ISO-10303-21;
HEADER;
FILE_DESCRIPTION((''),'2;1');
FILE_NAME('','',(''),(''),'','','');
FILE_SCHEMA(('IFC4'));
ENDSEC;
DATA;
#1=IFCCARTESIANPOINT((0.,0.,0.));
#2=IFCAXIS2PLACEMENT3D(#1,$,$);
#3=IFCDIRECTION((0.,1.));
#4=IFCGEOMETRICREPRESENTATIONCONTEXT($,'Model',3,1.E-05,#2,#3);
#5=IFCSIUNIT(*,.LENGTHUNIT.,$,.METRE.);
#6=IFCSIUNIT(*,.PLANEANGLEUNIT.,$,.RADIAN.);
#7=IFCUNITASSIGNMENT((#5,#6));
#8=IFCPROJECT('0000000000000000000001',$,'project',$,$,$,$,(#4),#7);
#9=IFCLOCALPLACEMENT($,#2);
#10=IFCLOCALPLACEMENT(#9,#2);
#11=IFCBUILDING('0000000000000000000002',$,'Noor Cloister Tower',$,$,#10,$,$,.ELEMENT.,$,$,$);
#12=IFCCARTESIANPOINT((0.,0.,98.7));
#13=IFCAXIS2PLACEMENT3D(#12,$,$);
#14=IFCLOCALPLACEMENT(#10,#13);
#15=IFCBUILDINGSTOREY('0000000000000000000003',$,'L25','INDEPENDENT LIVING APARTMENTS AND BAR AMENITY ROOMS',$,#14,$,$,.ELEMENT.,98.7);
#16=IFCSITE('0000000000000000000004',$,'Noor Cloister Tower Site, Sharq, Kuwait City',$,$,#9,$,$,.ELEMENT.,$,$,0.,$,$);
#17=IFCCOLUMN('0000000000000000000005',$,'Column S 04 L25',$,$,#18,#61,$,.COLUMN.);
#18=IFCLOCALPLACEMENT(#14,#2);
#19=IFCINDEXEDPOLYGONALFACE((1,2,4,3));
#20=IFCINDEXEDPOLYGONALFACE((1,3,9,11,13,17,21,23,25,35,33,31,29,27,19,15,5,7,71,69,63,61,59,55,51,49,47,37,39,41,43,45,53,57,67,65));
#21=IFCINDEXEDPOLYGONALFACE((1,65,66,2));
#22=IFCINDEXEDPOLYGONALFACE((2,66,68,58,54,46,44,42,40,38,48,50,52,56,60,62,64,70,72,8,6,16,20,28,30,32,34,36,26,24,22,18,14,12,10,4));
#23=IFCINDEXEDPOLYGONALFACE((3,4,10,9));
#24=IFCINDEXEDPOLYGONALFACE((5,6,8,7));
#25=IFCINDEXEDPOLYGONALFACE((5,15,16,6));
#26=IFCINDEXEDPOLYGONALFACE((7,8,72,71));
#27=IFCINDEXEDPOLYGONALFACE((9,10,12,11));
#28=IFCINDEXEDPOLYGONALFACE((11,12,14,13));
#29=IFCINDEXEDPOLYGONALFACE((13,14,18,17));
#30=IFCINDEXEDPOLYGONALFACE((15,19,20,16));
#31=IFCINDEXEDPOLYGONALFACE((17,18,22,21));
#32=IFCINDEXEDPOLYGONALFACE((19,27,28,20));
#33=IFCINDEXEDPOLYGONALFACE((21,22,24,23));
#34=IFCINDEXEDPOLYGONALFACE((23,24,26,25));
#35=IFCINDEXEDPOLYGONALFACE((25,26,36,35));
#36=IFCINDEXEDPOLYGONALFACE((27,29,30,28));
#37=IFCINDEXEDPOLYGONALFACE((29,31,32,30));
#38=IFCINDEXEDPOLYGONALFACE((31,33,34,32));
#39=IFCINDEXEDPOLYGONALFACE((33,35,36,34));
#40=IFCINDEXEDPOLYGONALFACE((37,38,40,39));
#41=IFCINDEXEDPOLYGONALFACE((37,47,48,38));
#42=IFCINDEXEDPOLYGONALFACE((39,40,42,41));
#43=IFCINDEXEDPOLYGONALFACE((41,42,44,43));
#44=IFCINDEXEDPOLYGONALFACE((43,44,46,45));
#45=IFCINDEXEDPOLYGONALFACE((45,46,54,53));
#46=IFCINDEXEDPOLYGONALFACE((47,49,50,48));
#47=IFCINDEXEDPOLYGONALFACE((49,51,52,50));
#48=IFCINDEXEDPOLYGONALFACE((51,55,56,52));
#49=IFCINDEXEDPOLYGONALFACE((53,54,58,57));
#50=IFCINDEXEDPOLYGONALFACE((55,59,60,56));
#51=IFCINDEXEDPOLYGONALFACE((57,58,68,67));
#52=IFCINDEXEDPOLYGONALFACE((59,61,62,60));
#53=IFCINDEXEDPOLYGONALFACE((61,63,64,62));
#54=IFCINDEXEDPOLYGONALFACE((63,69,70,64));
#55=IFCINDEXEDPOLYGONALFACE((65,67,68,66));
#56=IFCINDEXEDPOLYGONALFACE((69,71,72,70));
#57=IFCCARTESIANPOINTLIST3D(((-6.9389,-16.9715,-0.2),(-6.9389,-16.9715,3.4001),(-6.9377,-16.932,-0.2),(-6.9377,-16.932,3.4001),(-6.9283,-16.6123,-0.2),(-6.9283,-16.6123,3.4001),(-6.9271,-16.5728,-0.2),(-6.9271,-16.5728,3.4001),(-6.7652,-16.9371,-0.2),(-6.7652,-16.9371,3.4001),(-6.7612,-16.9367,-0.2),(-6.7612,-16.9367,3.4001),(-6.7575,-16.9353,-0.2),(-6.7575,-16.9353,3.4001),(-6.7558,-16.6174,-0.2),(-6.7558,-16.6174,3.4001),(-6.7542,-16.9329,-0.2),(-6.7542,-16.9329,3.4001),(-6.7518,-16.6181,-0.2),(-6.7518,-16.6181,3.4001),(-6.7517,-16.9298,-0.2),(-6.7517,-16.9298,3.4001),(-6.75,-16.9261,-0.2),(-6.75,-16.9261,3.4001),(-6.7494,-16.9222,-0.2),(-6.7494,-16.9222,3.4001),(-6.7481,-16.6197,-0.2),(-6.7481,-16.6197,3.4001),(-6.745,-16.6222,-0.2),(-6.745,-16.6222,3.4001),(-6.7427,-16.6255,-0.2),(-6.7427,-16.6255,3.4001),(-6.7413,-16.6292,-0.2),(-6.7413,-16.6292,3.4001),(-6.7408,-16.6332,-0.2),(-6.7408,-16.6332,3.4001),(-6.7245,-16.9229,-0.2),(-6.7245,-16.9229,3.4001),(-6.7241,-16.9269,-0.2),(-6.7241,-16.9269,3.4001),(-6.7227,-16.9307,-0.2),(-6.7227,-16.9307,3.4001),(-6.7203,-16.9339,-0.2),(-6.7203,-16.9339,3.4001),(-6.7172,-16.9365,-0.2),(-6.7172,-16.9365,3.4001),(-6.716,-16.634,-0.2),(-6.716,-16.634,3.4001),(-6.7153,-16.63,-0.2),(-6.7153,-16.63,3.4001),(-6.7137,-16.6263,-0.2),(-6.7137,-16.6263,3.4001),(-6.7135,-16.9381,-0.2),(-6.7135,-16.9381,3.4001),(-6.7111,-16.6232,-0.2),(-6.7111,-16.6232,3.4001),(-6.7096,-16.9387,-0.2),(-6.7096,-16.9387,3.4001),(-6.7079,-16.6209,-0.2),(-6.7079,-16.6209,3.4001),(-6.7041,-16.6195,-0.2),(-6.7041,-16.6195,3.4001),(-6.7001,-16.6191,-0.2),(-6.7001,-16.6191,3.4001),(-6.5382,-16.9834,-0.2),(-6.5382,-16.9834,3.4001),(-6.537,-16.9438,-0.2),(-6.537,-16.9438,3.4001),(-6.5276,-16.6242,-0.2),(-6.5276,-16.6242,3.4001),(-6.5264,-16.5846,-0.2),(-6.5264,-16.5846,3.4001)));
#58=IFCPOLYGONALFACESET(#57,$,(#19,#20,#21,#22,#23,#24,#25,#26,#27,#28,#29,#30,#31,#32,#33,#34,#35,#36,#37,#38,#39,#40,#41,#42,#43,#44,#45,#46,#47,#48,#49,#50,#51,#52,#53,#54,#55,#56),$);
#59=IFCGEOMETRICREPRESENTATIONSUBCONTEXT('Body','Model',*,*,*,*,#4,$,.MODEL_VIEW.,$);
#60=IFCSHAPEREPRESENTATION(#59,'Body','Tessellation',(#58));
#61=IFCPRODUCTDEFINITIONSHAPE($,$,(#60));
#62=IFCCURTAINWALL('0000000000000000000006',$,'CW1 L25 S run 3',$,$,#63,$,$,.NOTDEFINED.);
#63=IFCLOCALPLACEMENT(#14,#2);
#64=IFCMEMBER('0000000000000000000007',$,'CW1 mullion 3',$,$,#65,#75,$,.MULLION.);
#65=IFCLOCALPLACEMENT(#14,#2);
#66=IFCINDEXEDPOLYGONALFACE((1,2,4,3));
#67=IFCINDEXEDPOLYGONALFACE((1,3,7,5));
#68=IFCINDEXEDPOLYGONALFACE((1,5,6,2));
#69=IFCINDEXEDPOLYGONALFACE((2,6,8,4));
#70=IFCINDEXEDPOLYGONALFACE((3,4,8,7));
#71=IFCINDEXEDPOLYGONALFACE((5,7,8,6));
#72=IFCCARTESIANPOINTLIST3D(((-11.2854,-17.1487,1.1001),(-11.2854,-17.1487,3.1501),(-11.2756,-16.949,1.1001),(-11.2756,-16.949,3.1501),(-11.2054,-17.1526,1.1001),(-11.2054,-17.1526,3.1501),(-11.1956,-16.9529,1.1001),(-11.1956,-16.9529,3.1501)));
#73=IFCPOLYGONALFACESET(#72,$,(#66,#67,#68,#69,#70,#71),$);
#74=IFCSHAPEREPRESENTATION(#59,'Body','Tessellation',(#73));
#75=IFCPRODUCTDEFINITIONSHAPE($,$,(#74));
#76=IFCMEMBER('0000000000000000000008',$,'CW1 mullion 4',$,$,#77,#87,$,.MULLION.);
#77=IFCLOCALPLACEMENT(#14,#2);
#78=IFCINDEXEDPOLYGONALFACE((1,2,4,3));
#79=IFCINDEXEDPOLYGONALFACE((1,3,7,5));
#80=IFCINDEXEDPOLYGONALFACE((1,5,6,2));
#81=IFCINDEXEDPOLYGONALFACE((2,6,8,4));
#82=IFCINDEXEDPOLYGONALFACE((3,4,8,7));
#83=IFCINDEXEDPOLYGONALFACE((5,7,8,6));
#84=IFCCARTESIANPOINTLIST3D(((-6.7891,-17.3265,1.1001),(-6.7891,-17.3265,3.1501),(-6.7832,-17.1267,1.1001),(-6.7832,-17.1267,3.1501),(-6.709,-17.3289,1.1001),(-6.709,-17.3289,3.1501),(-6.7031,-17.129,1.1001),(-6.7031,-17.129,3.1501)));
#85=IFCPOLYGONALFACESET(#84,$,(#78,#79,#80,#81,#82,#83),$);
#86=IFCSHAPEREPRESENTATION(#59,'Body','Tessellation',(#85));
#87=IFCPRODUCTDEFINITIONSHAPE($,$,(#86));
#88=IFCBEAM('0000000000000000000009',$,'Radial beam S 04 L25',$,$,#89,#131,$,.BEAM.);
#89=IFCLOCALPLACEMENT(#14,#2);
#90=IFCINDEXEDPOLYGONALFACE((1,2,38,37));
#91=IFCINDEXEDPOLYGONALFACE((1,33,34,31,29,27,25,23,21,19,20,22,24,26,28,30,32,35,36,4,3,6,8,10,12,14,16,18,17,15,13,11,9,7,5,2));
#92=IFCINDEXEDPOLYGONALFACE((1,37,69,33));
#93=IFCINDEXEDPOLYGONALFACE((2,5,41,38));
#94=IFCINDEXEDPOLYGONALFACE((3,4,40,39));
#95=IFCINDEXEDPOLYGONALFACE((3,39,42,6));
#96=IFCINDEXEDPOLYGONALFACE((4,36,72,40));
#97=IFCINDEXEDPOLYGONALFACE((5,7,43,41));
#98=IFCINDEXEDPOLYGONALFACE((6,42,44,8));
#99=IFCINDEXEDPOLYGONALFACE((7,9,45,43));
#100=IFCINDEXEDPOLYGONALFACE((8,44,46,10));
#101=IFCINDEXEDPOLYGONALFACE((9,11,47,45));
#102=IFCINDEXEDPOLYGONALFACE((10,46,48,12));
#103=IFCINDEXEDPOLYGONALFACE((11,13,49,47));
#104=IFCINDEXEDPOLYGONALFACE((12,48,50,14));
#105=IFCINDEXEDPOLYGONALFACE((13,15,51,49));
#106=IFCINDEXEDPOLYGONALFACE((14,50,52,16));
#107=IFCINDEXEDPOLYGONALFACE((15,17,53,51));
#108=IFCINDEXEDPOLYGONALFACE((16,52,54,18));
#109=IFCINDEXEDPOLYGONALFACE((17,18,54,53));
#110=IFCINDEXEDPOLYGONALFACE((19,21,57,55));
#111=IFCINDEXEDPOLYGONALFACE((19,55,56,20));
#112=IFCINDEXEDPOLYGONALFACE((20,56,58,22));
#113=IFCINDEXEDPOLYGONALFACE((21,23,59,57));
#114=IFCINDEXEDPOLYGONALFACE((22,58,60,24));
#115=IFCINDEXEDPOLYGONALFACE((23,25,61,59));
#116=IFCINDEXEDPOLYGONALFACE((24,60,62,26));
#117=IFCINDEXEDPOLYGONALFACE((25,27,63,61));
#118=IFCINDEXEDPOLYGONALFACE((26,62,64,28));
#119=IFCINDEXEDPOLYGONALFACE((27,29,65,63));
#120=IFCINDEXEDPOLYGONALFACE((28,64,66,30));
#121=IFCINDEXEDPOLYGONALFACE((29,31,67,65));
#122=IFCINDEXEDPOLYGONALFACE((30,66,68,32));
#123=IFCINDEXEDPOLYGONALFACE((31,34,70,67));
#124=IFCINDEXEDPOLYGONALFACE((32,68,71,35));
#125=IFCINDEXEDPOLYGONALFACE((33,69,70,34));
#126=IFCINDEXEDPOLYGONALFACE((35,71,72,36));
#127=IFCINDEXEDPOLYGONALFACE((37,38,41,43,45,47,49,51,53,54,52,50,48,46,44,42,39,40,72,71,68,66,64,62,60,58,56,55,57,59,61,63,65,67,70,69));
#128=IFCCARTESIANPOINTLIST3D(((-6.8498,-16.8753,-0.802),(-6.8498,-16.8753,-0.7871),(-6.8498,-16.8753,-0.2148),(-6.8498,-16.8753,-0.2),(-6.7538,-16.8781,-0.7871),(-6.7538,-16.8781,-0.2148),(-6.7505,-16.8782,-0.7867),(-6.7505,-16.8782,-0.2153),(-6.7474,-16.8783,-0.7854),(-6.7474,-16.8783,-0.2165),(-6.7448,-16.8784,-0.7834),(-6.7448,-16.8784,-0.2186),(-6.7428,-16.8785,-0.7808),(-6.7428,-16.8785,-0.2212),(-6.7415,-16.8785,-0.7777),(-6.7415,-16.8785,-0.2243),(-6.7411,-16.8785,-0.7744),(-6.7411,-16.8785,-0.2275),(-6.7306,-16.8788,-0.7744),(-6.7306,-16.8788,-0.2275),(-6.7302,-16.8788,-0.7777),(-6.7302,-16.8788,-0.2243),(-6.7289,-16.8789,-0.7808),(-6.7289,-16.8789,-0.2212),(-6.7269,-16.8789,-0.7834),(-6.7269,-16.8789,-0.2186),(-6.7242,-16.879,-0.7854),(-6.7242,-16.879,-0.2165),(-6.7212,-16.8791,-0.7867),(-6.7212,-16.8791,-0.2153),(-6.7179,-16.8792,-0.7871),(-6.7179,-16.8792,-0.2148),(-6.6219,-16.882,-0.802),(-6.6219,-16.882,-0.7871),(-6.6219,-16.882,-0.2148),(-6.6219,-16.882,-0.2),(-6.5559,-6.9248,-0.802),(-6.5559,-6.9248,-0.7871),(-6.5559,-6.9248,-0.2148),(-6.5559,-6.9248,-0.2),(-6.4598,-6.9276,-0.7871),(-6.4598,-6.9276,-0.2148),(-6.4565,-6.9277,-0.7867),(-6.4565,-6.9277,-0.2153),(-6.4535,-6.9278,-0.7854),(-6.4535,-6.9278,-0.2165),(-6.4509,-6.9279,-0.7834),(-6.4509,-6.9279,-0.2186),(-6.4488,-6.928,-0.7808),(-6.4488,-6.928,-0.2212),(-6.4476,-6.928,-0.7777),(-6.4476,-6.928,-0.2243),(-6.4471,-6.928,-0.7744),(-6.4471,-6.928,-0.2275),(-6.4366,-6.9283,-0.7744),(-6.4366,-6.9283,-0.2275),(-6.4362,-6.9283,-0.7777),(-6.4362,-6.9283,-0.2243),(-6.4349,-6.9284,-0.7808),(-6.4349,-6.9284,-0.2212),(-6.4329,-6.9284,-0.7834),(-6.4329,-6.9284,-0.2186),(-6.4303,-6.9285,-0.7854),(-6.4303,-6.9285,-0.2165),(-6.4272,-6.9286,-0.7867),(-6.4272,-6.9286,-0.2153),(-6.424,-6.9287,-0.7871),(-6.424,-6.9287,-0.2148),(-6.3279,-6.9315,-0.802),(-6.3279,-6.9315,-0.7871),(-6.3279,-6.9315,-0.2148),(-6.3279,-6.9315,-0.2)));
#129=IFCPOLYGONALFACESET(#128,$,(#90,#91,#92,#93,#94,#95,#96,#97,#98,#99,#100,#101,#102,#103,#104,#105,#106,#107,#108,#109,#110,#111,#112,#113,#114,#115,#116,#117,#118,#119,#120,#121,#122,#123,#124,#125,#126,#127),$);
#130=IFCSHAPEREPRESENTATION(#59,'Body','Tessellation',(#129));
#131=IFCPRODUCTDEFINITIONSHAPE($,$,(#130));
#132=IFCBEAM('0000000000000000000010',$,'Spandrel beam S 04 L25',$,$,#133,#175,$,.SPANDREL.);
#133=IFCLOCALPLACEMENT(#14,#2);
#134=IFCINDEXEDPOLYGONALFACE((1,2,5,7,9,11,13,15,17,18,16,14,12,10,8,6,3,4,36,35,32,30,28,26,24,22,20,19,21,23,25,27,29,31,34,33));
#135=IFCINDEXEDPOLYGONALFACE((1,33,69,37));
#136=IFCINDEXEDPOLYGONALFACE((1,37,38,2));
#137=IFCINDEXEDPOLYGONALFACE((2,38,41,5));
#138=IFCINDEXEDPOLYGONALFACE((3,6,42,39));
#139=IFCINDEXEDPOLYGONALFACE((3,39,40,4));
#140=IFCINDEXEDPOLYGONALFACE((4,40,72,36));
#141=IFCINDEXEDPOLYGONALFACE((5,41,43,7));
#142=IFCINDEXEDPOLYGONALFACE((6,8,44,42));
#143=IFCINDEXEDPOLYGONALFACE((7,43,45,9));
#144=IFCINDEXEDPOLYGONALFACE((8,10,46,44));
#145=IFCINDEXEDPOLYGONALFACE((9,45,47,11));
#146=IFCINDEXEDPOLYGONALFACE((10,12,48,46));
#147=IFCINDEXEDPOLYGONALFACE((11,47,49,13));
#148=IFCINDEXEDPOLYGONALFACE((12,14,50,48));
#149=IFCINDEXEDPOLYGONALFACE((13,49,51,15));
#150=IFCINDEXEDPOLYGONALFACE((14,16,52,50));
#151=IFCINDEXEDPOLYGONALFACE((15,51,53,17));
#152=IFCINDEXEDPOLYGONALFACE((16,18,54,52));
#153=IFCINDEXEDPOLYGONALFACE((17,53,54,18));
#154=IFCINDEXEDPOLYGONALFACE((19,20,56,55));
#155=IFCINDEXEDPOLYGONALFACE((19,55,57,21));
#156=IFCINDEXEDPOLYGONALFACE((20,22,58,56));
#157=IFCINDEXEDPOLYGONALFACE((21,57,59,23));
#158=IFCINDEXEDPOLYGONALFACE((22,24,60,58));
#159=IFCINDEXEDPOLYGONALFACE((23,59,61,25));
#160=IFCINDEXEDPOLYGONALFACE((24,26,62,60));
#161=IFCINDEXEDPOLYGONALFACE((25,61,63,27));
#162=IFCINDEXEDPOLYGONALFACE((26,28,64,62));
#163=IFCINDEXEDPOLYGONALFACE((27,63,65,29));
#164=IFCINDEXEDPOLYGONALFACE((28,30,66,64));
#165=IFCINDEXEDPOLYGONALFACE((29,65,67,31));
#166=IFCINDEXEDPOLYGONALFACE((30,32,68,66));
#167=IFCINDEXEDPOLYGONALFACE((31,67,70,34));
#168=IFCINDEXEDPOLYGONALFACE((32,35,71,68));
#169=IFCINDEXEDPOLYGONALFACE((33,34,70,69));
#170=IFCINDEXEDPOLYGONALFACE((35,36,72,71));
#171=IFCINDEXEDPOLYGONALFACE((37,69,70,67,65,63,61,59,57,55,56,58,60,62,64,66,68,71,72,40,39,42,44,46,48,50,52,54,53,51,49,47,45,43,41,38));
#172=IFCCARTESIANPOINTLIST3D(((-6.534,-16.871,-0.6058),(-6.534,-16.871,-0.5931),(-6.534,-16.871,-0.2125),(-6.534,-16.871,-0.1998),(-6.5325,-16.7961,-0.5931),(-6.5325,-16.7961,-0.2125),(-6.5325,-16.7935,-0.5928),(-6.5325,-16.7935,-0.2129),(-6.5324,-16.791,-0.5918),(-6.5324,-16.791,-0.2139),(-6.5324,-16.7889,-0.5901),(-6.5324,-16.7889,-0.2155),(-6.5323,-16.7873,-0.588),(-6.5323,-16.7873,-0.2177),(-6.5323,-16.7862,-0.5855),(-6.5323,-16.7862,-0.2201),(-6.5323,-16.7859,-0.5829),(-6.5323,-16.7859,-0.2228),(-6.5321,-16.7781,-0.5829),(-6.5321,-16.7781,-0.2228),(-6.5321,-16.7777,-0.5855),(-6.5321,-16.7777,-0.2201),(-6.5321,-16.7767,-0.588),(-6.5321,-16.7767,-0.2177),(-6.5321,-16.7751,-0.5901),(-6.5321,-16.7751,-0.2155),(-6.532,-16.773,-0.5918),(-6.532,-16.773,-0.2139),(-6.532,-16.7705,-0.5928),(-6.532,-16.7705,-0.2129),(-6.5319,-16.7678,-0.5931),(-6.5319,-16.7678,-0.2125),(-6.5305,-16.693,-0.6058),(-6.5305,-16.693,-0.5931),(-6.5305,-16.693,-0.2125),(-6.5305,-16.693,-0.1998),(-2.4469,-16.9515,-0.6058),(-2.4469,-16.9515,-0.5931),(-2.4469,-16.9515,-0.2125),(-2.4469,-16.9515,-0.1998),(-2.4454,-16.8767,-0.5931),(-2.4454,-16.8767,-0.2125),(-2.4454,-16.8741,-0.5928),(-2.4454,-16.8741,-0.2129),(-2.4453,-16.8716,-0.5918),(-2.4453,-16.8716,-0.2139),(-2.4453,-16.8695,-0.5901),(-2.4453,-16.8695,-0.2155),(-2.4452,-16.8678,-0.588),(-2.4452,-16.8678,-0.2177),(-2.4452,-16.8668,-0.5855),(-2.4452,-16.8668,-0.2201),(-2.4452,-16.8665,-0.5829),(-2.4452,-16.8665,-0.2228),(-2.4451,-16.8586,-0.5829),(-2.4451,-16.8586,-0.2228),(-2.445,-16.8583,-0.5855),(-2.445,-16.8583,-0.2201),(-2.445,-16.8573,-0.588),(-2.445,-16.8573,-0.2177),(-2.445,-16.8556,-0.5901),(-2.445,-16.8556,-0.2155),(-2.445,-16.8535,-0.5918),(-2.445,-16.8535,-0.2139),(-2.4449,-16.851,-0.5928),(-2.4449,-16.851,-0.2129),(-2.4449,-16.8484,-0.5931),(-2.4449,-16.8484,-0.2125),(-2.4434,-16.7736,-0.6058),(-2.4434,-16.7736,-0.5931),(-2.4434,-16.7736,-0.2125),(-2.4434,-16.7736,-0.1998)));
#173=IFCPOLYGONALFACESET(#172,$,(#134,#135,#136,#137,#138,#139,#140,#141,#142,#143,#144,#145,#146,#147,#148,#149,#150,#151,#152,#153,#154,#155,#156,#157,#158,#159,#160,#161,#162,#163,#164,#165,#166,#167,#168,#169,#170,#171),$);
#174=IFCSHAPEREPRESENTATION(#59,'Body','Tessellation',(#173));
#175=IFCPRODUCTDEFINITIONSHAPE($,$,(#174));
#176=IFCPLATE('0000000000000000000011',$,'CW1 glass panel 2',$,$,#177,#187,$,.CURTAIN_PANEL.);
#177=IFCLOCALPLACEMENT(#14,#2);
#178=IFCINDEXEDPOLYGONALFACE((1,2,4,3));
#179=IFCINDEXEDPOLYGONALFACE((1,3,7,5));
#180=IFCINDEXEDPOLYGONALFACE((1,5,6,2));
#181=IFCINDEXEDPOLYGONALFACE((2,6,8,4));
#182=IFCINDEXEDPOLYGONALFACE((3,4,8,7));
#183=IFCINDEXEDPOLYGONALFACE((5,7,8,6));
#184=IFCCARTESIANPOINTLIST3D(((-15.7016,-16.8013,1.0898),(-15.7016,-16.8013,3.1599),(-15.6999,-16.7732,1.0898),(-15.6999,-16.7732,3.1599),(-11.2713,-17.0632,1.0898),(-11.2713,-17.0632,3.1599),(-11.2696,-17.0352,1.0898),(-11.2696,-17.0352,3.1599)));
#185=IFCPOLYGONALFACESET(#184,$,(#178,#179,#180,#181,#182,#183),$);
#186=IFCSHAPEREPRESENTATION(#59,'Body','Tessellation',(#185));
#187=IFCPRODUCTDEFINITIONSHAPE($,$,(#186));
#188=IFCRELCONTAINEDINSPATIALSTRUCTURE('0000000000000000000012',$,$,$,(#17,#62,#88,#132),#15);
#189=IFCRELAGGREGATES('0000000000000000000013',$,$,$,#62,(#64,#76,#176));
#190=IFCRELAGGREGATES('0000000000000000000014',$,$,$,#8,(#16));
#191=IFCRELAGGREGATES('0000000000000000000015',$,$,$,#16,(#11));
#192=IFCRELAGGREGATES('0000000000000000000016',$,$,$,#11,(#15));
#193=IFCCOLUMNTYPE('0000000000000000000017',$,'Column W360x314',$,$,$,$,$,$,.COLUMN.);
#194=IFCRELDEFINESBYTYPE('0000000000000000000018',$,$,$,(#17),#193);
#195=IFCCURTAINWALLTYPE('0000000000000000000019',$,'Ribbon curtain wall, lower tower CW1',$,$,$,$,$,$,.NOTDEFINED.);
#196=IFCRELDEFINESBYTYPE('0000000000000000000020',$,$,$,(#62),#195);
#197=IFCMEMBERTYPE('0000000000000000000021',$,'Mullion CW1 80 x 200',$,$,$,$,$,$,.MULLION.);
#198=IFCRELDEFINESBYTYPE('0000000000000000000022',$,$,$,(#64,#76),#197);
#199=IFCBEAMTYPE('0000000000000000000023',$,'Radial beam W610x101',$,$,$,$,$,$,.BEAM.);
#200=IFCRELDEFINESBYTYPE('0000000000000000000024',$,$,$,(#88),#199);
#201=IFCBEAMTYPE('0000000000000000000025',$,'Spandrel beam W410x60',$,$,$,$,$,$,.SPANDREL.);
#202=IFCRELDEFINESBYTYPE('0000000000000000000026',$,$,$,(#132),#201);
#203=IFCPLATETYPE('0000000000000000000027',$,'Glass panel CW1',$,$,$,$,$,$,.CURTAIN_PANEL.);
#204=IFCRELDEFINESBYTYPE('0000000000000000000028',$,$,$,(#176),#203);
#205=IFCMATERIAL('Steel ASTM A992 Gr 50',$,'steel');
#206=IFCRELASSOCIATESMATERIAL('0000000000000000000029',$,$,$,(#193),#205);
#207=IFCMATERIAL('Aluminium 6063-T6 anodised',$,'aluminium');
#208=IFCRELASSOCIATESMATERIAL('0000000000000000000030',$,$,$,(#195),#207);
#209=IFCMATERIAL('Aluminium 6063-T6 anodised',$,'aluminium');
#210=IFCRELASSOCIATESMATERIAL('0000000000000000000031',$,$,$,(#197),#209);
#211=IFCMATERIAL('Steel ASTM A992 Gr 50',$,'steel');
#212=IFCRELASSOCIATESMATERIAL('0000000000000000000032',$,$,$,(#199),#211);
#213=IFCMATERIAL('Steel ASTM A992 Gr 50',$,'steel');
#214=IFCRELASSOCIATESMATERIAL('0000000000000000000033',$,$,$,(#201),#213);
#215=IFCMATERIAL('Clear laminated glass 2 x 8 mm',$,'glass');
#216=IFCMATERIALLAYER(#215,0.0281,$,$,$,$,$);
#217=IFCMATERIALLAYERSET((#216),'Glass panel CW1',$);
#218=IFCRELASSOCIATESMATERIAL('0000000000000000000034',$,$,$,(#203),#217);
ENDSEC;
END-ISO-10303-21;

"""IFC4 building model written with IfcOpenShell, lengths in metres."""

from ifc_helpers import new_model, si_unit, direction, frame, origin, origin_2d, place, context, subcontext, project, spatial, rectangle, i_section, extrude, material, layer, layer_set, material_profile, profile_set, type_object, element, aggregate, save


model = new_model("IFC4")

# Units and contexts
model_context = context("Model", 3, precision=1e-05, world=origin(), true_north=direction((0.0, 1.0)))
body_context = subcontext(model_context, "Body", "Model", "MODEL_VIEW")
ifc_project = project(units=[si_unit("LENGTHUNIT", "METRE"), si_unit("PLANEANGLEUNIT", "RADIAN")], contexts=[model_context])

# Site, building, storey
site_placement = place(None, origin())
site = spatial("IfcSite", under=ifc_project, at=site_placement, Name="Noor Cloister Tower Site, Sharq, Kuwait City", CompositionType="ELEMENT", RefElevation=0.0)
building_placement = place(site_placement, origin())
building = spatial("IfcBuilding", under=site, at=building_placement, Name="Noor Cloister Tower", CompositionType="ELEMENT")
storey_placement = place(building_placement, frame((0.0, 0.0, 98.7)))
storey = spatial("IfcBuildingStorey", under=building, at=storey_placement, Name="L25", Description="INDEPENDENT LIVING APARTMENTS AND BAR AMENITY ROOMS", CompositionType="ELEMENT", Elevation=98.7)

# Column
ifc_material_1 = material(Name="Steel ASTM A992 Gr 50", Category="steel")
ifc_material_profile_1 = material_profile(ifc_material_1, i_section(OverallWidth=0.4009, OverallDepth=0.3989, WebThickness=0.0249, FlangeThickness=0.0396, FilletRadius=0.0154, at=origin_2d()), Name="W360x314")
ifc_profile_set_1 = profile_set([ifc_material_profile_1], Name="Steel ASTM A992 Gr 50")
column_type = type_object("IfcColumnType", Name="Column W360x314", PredefinedType="COLUMN", material=ifc_profile_set_1)
column_placement = place(storey_placement, frame((-6.7327, -16.7781, -0.2), z_axis=(0.0, 0.0, 1.0), x_axis=(0.999564, -0.029521, 0.0)))
element("IfcColumn", 1, at=column_placement, inside=storey, type_object=column_type, Name="Column S 04 L25", PredefinedType="COLUMN", context=body_context, shape_type="SweptSolid", body=[
    extrude(i_section(OverallWidth=0.4009, OverallDepth=0.3989, WebThickness=0.0249, FlangeThickness=0.0396, FilletRadius=0.0154, at=origin_2d()), origin(), (0.0, 0.0, 1.0), 3.6001),
])

# Curtain wall, members
ifc_material_2 = material(Name="Aluminium 6063-T6 anodised", Category="aluminium")
curtain_wall_type = type_object("IfcCurtainWallType", Name="Ribbon curtain wall, lower tower CW1", PredefinedType="NOTDEFINED", material=ifc_material_2)
curtain_wall_placement = place(storey_placement, origin())
curtain_wall = element("IfcCurtainWall", 2, at=curtain_wall_placement, inside=storey, type_object=curtain_wall_type, Name="CW1 L25 S run 3", PredefinedType="NOTDEFINED")
ifc_material_3 = material(Name="Aluminium 6063-T6 anodised", Category="aluminium")
ifc_material_profile_2 = material_profile(ifc_material_3, rectangle(XDim=0.2, YDim=0.0801, at=origin_2d()), Name="200 x 80 mullion")
ifc_profile_set_2 = profile_set([ifc_material_profile_2], Name="Aluminium 6063-T6 anodised")
member_type = type_object("IfcMemberType", Name="Mullion CW1 80 x 200", PredefinedType="MULLION", material=ifc_profile_set_2)
member_1_placement = place(storey_placement, frame((-11.2405, -17.0508, 1.1001), z_axis=(0.0, 0.0, 1.0), x_axis=(0.049188, 0.99879, 0.0)))
member_1 = element("IfcMember", 3, at=member_1_placement, type_object=member_type, Name="CW1 mullion 3", PredefinedType="MULLION", context=body_context, shape_type="SweptSolid", body=[
    extrude(rectangle(XDim=0.2, YDim=0.0801, at=origin_2d()), origin(), (0.0, 0.0, 1.0), 2.05),
])
member_2_placement = place(storey_placement, frame((-6.7461, -17.2278, 1.1001), z_axis=(0.0, 0.0, 1.0), x_axis=(0.029521, 0.999564, 0.0)))
member_2 = element("IfcMember", 4, at=member_2_placement, type_object=member_type, Name="CW1 mullion 4", PredefinedType="MULLION", context=body_context, shape_type="SweptSolid", body=[
    extrude(rectangle(XDim=0.2, YDim=0.0801, at=origin_2d()), origin(), (0.0, 0.0, 1.0), 2.05),
])

# Beams
ifc_material_4 = material(Name="Steel ASTM A992 Gr 50", Category="steel")
ifc_material_profile_3 = material_profile(ifc_material_4, i_section(OverallWidth=0.228, OverallDepth=0.6021, WebThickness=0.0105, FlangeThickness=0.0149, FilletRadius=0.0127, at=origin_2d()), Name="W610x101")
ifc_profile_set_3 = profile_set([ifc_material_profile_3], Name="Steel ASTM A992 Gr 50")
beam_type_1 = type_object("IfcBeamType", Name="Radial beam W610x101", PredefinedType="BEAM", material=ifc_profile_set_3)
beam_1_placement = place(storey_placement, frame((-6.7358, -16.8787, -0.501), z_axis=(0.029528, 0.999564, 0.0), x_axis=(-0.999564, 0.029528, 0.0)))
element("IfcBeam", 5, at=beam_1_placement, inside=storey, type_object=beam_type_1, Name="Radial beam S 04 L25", PredefinedType="BEAM", context=body_context, shape_type="SweptSolid", body=[
    extrude(i_section(OverallWidth=0.228, OverallDepth=0.6021, WebThickness=0.0105, FlangeThickness=0.0149, FilletRadius=0.0127, at=origin_2d()), origin(), (0.0, 0.0, 1.0), 9.9548),
])
ifc_material_5 = material(Name="Steel ASTM A992 Gr 50", Category="steel")
ifc_material_profile_4 = material_profile(ifc_material_5, i_section(OverallWidth=0.178, OverallDepth=0.406, WebThickness=0.0078, FlangeThickness=0.0127, FilletRadius=0.0103, at=origin_2d()), Name="W410x60")
ifc_profile_set_4 = profile_set([ifc_material_profile_4], Name="Steel ASTM A992 Gr 50")
beam_type_2 = type_object("IfcBeamType", Name="Spandrel beam W410x60", PredefinedType="SPANDREL", material=ifc_profile_set_4)
beam_2_placement = place(storey_placement, frame((-6.5322, -16.782, -0.4028), z_axis=(0.999806, -0.019708, 0.0), x_axis=(0.019708, 0.999806, 0.0)))
element("IfcBeam", 6, at=beam_2_placement, inside=storey, type_object=beam_type_2, Name="Spandrel beam S 04 L25", PredefinedType="SPANDREL", context=body_context, shape_type="SweptSolid", body=[
    extrude(i_section(OverallWidth=0.178, OverallDepth=0.406, WebThickness=0.0078, FlangeThickness=0.0127, FilletRadius=0.0103, at=origin_2d()), origin(), (0.0, 0.0, 1.0), 4.0879),
])

# Plate
ifc_material_6 = material(Name="Clear laminated glass 2 x 8 mm", Category="glass")
ifc_layer = layer(ifc_material_6, 0.0281)
ifc_layer_set = layer_set([ifc_layer], Name="Glass panel CW1")
plate_type = type_object("IfcPlateType", Name="Glass panel CW1", PredefinedType="CURTAIN_PANEL", material=ifc_layer_set)
plate_1_placement = place(storey_placement, frame((-13.4856, -16.9182, 1.0898), z_axis=(0.0, 0.0, 1.0), x_axis=(0.998257, -0.059016, 0.0)))
plate_1 = element("IfcPlate", 7, at=plate_1_placement, type_object=plate_type, Name="CW1 glass panel 2", PredefinedType="CURTAIN_PANEL", context=body_context, shape_type="SweptSolid", body=[
    extrude(rectangle(XDim=4.438, YDim=0.0281, at=origin_2d()), origin(), (0.0, 0.0, 1.0), 2.0701),
])
aggregate(curtain_wall, [member_1, member_2, plate_1])

save(model, "model.ifc")
